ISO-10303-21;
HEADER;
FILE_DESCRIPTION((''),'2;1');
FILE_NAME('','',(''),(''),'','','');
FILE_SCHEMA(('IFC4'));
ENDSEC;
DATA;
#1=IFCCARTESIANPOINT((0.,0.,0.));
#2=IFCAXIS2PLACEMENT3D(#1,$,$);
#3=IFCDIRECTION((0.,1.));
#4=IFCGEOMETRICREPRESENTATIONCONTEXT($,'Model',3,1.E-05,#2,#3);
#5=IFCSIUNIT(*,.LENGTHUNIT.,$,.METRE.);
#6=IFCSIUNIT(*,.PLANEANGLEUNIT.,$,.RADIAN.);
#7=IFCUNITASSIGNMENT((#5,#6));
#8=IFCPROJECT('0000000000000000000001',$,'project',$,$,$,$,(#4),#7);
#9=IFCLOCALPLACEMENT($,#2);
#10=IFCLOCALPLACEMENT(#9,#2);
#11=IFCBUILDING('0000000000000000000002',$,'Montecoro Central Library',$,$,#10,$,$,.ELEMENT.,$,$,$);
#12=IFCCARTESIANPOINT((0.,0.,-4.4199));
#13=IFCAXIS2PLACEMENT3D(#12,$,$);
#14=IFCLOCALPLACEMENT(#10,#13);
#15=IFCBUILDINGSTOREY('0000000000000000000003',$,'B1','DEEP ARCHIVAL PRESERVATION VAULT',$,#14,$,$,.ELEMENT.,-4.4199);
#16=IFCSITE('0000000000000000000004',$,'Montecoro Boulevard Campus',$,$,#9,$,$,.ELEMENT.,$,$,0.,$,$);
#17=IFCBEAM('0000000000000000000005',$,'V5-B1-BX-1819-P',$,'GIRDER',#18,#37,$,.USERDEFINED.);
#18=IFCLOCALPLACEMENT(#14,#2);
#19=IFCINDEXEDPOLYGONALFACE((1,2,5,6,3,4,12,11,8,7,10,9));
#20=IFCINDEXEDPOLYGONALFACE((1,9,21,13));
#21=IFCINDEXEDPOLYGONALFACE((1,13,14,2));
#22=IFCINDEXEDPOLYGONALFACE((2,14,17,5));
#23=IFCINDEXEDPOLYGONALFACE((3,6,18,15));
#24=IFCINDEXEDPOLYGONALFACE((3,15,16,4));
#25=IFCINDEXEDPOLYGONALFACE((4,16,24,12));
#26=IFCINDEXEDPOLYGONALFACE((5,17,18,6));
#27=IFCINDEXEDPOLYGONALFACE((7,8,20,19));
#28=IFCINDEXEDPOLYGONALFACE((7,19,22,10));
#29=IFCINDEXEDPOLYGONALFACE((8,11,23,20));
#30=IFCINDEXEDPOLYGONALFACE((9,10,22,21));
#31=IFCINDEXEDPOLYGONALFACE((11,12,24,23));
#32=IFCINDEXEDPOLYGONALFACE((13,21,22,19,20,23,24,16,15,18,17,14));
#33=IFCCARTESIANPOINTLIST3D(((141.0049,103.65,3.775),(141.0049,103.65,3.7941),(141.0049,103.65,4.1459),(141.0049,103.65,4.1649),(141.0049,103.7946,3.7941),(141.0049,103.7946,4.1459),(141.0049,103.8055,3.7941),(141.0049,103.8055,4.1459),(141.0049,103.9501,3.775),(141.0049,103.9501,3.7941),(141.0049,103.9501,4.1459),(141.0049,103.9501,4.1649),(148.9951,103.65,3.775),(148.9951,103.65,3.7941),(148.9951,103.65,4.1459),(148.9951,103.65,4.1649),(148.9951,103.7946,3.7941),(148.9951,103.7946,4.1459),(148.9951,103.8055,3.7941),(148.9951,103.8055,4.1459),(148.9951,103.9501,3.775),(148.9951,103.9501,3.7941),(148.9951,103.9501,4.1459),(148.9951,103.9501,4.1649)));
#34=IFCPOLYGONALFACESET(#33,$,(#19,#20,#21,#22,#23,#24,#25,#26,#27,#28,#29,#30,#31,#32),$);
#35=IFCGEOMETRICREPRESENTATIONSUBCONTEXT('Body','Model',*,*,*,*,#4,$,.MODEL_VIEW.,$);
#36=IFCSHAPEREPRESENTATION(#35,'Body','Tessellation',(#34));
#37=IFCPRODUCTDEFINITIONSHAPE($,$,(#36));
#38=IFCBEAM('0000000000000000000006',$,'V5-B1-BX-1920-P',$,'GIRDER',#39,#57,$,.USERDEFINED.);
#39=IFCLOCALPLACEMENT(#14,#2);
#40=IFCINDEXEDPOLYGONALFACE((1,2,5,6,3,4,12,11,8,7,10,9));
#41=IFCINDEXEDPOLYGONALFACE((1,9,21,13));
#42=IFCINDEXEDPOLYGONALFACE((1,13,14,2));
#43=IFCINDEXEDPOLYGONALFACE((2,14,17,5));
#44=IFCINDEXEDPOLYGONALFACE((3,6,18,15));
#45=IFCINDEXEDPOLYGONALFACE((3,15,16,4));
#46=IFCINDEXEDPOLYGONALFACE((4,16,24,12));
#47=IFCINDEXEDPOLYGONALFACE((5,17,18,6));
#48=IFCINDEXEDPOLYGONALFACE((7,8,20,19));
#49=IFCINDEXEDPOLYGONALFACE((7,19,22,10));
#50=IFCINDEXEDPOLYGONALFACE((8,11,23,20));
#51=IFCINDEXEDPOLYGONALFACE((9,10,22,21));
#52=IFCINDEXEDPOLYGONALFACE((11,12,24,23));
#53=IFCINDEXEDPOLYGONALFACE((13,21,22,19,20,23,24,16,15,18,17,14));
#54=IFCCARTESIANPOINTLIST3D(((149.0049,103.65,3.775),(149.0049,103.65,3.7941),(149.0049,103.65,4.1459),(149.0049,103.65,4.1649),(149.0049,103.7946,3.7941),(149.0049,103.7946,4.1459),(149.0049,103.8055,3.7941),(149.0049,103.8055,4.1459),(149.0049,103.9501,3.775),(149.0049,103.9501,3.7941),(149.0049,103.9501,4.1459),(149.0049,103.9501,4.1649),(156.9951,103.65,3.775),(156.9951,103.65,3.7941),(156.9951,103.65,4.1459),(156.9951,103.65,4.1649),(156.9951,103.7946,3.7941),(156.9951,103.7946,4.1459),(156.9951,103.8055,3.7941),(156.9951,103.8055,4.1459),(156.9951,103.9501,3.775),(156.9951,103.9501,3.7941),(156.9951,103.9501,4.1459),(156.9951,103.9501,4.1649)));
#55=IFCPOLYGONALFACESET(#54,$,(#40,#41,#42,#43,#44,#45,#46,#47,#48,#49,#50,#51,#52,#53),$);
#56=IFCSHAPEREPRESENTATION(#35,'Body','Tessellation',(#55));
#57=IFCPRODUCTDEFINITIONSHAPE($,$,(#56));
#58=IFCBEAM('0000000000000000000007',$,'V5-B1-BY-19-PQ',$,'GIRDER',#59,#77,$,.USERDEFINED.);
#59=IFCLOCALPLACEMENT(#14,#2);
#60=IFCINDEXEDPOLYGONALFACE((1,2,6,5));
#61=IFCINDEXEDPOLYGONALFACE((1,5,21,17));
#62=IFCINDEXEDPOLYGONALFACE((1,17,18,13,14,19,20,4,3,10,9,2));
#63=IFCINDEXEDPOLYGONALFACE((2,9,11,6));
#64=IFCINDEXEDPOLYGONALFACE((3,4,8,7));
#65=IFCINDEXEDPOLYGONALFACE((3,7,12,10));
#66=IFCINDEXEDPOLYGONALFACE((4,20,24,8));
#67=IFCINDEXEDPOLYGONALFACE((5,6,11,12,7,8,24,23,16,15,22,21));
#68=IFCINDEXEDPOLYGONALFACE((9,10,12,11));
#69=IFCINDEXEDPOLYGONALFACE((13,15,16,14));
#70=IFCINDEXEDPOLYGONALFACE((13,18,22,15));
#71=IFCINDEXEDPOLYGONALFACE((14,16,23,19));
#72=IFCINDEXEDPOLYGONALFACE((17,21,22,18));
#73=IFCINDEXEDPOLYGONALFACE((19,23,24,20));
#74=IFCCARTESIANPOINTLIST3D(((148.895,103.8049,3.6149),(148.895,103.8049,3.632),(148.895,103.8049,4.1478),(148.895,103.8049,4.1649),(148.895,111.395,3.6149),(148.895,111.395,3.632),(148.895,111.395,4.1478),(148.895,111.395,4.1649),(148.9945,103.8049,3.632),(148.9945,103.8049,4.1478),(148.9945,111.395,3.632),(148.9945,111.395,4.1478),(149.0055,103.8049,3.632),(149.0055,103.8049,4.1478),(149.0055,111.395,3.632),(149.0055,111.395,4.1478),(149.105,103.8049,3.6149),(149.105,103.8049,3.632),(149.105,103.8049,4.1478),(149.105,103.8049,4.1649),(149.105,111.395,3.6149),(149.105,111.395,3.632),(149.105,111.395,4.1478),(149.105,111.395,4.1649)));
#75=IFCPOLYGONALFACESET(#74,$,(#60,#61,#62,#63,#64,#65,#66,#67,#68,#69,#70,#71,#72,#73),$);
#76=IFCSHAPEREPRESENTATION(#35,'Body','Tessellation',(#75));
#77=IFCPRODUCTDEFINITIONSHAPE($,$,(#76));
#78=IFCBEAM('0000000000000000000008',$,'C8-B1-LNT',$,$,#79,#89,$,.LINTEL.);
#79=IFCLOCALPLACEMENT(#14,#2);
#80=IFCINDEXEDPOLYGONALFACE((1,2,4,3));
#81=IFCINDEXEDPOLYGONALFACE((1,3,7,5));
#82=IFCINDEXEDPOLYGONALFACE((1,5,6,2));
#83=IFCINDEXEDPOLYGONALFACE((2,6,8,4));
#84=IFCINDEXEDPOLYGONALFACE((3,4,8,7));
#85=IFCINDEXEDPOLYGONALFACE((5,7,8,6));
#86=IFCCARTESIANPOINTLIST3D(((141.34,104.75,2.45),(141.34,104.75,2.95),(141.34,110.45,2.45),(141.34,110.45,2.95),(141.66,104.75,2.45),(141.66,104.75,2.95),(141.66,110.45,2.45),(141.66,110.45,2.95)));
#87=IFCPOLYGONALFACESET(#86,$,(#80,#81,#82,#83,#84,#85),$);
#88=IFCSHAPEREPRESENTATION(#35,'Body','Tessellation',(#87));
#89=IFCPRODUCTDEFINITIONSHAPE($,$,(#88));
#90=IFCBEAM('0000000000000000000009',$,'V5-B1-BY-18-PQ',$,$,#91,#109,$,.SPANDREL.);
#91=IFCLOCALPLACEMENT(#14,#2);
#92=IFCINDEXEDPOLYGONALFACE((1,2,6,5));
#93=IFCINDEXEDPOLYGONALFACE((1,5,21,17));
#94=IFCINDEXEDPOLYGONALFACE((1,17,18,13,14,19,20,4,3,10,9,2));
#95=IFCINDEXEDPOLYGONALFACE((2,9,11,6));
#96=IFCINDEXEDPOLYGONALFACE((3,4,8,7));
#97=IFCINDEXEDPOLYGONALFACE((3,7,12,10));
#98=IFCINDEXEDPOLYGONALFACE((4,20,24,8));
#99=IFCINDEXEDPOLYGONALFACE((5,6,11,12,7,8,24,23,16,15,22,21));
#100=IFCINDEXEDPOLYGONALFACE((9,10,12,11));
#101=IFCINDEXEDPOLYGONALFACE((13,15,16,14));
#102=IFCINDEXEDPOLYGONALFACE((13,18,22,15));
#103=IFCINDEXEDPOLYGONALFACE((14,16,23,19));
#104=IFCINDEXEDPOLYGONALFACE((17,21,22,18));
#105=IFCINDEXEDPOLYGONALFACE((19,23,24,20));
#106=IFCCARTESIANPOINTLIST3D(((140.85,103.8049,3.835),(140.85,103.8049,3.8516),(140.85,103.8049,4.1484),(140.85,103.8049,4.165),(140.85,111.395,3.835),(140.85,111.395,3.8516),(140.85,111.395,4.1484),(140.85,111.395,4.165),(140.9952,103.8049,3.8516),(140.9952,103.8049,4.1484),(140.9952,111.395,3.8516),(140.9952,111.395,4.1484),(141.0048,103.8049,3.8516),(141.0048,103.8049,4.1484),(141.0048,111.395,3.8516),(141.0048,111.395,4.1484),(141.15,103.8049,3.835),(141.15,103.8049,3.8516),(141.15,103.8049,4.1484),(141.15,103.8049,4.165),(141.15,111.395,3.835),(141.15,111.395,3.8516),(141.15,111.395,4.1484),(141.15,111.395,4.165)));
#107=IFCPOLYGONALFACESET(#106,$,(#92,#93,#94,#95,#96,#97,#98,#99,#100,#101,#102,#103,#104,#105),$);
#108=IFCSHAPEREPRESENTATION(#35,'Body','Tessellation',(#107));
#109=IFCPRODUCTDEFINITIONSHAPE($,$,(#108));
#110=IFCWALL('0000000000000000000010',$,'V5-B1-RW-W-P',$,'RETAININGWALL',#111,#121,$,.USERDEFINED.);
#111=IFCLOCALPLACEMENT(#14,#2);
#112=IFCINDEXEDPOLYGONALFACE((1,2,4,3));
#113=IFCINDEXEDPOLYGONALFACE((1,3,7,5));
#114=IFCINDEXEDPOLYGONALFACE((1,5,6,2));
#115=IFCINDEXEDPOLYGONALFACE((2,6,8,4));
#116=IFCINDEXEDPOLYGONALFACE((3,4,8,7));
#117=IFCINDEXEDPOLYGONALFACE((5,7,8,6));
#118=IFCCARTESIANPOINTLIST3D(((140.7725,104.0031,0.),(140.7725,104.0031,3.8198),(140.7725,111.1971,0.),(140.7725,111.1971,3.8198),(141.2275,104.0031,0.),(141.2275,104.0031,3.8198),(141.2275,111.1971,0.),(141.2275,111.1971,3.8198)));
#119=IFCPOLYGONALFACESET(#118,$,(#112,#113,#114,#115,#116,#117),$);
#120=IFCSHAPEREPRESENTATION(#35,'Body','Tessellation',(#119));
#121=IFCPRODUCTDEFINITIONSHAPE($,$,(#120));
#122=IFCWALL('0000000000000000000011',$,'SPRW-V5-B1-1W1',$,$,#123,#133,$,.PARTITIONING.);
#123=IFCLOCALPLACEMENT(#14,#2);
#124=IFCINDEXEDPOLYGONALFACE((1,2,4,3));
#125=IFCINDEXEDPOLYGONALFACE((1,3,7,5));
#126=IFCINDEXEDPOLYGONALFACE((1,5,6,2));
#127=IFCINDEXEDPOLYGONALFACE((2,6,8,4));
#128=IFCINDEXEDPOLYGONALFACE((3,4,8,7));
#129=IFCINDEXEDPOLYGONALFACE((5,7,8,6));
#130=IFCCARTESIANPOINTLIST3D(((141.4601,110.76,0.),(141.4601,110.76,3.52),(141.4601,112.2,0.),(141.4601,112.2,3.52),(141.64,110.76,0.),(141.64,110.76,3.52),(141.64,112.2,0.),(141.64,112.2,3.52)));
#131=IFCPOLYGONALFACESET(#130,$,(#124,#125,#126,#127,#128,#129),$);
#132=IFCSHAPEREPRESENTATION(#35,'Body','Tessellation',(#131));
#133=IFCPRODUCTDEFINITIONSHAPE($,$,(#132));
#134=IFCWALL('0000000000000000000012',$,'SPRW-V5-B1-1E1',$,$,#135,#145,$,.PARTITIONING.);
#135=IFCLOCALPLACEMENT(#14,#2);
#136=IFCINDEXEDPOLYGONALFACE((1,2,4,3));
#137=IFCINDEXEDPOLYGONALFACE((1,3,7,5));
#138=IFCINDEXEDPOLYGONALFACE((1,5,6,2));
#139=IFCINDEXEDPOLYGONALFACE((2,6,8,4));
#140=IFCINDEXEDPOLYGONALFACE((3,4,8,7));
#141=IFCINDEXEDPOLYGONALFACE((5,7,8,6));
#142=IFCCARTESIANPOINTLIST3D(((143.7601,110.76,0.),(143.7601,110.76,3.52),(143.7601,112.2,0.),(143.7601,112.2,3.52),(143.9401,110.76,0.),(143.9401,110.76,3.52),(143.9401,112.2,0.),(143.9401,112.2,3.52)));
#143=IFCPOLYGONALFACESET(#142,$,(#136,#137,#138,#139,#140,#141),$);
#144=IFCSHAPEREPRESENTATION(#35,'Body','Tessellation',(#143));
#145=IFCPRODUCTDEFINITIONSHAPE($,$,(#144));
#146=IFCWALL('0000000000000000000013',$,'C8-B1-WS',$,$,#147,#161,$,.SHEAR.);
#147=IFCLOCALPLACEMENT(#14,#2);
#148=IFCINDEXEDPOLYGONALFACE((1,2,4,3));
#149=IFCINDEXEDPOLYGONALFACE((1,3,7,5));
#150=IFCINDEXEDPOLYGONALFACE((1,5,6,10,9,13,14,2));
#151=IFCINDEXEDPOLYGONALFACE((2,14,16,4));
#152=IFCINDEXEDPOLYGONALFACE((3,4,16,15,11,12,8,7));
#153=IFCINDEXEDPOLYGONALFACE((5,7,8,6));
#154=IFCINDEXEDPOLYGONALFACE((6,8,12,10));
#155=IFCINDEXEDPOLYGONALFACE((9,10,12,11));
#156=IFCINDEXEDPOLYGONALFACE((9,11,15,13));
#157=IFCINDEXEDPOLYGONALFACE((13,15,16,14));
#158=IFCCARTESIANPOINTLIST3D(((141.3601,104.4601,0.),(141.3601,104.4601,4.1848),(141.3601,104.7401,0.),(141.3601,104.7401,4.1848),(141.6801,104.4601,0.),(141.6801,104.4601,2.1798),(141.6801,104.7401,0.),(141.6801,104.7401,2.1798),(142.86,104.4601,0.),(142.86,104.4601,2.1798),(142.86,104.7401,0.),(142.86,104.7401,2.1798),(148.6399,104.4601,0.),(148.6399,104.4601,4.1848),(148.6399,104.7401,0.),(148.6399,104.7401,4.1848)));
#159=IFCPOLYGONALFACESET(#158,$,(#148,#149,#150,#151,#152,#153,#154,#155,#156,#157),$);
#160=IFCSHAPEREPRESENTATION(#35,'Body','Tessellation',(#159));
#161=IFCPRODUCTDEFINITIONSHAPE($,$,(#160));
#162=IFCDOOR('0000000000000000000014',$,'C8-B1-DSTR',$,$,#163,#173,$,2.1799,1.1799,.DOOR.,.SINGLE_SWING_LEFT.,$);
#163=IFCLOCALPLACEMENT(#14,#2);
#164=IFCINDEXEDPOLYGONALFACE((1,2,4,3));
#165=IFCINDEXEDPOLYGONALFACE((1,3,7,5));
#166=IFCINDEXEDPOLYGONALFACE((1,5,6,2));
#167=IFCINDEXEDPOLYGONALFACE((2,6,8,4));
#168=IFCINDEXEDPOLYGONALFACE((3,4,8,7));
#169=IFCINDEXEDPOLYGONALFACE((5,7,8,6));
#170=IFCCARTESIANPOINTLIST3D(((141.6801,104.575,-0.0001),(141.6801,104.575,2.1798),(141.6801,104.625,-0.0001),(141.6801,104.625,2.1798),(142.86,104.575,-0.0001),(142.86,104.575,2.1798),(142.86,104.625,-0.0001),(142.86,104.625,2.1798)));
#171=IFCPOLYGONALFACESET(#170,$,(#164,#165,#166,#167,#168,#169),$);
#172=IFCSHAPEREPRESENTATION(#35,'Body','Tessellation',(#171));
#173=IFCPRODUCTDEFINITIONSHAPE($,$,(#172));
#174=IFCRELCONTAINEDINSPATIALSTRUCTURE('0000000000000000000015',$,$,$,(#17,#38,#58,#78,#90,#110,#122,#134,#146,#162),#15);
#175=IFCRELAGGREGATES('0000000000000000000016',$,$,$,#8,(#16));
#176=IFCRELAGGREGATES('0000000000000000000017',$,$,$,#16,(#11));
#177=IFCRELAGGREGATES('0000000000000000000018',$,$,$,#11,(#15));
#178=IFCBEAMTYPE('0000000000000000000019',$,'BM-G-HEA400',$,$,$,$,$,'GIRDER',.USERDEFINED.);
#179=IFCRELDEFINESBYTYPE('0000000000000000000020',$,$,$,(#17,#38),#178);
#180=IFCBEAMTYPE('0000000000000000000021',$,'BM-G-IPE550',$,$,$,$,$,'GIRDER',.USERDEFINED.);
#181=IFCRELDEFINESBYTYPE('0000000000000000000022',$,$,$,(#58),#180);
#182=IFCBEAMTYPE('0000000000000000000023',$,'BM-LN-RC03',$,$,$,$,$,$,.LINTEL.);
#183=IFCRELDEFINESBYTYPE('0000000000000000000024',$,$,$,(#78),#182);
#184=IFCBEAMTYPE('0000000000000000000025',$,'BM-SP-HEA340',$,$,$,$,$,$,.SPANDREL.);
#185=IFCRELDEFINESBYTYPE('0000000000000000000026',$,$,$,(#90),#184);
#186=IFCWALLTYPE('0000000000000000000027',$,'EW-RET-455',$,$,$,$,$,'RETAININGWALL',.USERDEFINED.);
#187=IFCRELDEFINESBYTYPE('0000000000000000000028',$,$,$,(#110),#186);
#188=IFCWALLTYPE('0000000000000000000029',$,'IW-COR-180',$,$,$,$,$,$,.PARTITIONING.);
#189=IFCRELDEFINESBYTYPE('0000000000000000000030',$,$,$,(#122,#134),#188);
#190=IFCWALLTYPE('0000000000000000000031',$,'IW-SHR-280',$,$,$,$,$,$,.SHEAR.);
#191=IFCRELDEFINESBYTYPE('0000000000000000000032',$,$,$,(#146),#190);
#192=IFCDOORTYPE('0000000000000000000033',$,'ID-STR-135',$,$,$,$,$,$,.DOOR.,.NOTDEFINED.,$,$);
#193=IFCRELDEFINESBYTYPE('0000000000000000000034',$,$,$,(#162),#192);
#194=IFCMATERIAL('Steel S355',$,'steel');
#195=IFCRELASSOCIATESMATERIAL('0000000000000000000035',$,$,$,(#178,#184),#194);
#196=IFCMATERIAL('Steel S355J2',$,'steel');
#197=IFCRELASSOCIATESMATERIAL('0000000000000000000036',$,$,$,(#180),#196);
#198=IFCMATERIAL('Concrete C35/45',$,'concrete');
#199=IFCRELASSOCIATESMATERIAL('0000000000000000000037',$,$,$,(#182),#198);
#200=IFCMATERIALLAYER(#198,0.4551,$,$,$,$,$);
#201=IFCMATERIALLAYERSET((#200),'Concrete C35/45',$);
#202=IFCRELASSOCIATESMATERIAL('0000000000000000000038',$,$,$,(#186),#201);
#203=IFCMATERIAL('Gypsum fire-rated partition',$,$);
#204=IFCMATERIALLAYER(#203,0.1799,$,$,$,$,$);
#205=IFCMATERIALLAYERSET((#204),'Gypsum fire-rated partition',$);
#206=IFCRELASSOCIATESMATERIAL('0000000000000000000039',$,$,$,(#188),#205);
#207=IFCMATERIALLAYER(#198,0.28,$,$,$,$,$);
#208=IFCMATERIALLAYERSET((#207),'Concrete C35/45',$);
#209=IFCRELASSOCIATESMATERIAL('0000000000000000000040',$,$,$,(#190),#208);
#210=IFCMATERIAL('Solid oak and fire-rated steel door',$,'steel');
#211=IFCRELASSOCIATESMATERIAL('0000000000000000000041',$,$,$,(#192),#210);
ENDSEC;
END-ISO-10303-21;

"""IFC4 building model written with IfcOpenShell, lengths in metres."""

from ifc_helpers import new_model, si_unit, direction, frame, frame_2d, origin, origin_2d, place, context, subcontext, project, spatial, rectangle, i_section, extrude, material, layer, layer_set, material_profile, profile_set, type_object, element, fill, save


model = new_model("IFC4")

# Units and contexts
model_context = context("Model", 3, precision=1e-05, world=origin(), true_north=direction((0.0, 1.0)))
body_context = subcontext(model_context, "Body", "Model", "MODEL_VIEW")
ifc_project = project(units=[si_unit("LENGTHUNIT", "METRE"), si_unit("PLANEANGLEUNIT", "RADIAN")], contexts=[model_context])

# Site, building, storey
site_placement = place(None, origin())
site = spatial("IfcSite", under=ifc_project, at=site_placement, Name="Montecoro Boulevard Campus", CompositionType="ELEMENT", RefElevation=0.0)
building_placement = place(site_placement, origin())
building = spatial("IfcBuilding", under=site, at=building_placement, Name="Montecoro Central Library", CompositionType="ELEMENT")
storey_placement = place(building_placement, frame((0.0, 0.0, -4.4199)))
storey = spatial("IfcBuildingStorey", under=building, at=storey_placement, Name="B1", Description="DEEP ARCHIVAL PRESERVATION VAULT", CompositionType="ELEMENT", Elevation=-4.4199)

# Shared definitions
ifc_material_1 = material(Name="Concrete C35/45", Category="concrete")

# Shared definitions
ifc_material_2 = material(Name="Steel S355J2", Category="steel")

# Beams
ifc_material_3 = material(Name="Steel S355", Category="steel")
ifc_material_profile_1 = material_profile(ifc_material_3, i_section(OverallWidth=0.3, OverallDepth=0.3899, WebThickness=0.011, FlangeThickness=0.019, at=origin_2d()), Name="HEA 400")
ifc_profile_set_1 = profile_set([ifc_material_profile_1], Name="Steel S355")
beam_type_1 = type_object("IfcBeamType", Name="BM-G-HEA400", ElementType="GIRDER", PredefinedType="USERDEFINED", material=ifc_profile_set_1)
for number, where, z_axis, x_axis, name in (
    (1, (141.0049, 103.8, 3.97), (1.0, 0.0, 0.0), (0.0, 1.0, 0.0), "V5-B1-BX-1819-P"),
    (2, (149.0049, 103.8, 3.97), (1.0, 0.0, 0.0), (0.0, 1.0, 0.0), "V5-B1-BX-1920-P"),
):
    element("IfcBeam", number, at=place(storey_placement, frame(where, z_axis=z_axis, x_axis=x_axis)), inside=storey, type_object=beam_type_1, Name=name, ObjectType="GIRDER", PredefinedType="USERDEFINED", context=body_context, shape_type="SweptSolid", body=[
        extrude(i_section(OverallWidth=0.3, OverallDepth=0.3899, WebThickness=0.011, FlangeThickness=0.019, at=origin_2d()), origin(), (0.0, 0.0, 1.0), 7.9902),
    ])
ifc_material_profile_2 = material_profile(ifc_material_2, i_section(OverallWidth=0.21, OverallDepth=0.55, WebThickness=0.011, FlangeThickness=0.0171, at=origin_2d()), Name="IPE 550")
ifc_profile_set_2 = profile_set([ifc_material_profile_2], Name="Steel S355J2")
beam_type_2 = type_object("IfcBeamType", Name="BM-G-IPE550", ElementType="GIRDER", PredefinedType="USERDEFINED", material=ifc_profile_set_2)
beam_1_placement = place(storey_placement, frame((149.0, 103.8049, 3.8899), z_axis=(0.0, 1.0, 0.0), x_axis=(-1.0, 0.0, 0.0)))
element("IfcBeam", 3, at=beam_1_placement, inside=storey, type_object=beam_type_2, Name="V5-B1-BY-19-PQ", ObjectType="GIRDER", PredefinedType="USERDEFINED", context=body_context, shape_type="SweptSolid", body=[
    extrude(i_section(OverallWidth=0.21, OverallDepth=0.55, WebThickness=0.011, FlangeThickness=0.0171, at=origin_2d()), origin(), (0.0, 0.0, 1.0), 7.5901),
])
ifc_material_profile_3 = material_profile(ifc_material_1, rectangle(XDim=0.3201, YDim=0.5, at=origin_2d()), Name="RC LNT 500x320")
ifc_profile_set_3 = profile_set([ifc_material_profile_3], Name="Concrete C35/45")
beam_type_3 = type_object("IfcBeamType", Name="BM-LN-RC03", PredefinedType="LINTEL", material=ifc_profile_set_3)
beam_2_placement = place(storey_placement, frame((141.5, 104.75, 2.7), z_axis=(0.0, 1.0, 0.0), x_axis=(-1.0, 0.0, 0.0)))
element("IfcBeam", 4, at=beam_2_placement, inside=storey, type_object=beam_type_3, Name="C8-B1-LNT", PredefinedType="LINTEL", context=body_context, shape_type="SweptSolid", body=[
    extrude(rectangle(XDim=0.3201, YDim=0.5, at=origin_2d()), origin(), (0.0, 0.0, 1.0), 5.7),
])
ifc_material_profile_4 = material_profile(ifc_material_3, i_section(OverallWidth=0.3, OverallDepth=0.3301, WebThickness=0.0095, FlangeThickness=0.0166, at=origin_2d()), Name="HEA 340")
ifc_profile_set_4 = profile_set([ifc_material_profile_4], Name="Steel S355")
beam_type_4 = type_object("IfcBeamType", Name="BM-SP-HEA340", PredefinedType="SPANDREL", material=ifc_profile_set_4)
beam_3_placement = place(storey_placement, frame((141.0, 103.8049, 4.0), z_axis=(0.0, 1.0, 0.0), x_axis=(-1.0, 0.0, 0.0)))
element("IfcBeam", 5, at=beam_3_placement, inside=storey, type_object=beam_type_4, Name="V5-B1-BY-18-PQ", PredefinedType="SPANDREL", context=body_context, shape_type="SweptSolid", body=[
    extrude(i_section(OverallWidth=0.3, OverallDepth=0.3301, WebThickness=0.0095, FlangeThickness=0.0166, at=origin_2d()), origin(), (0.0, 0.0, 1.0), 7.5901),
])

# Walls
ifc_layer_1 = layer(ifc_material_1, 0.4551)
ifc_layer_set_1 = layer_set([ifc_layer_1], Name="Concrete C35/45")
wall_type_1 = type_object("IfcWallType", Name="EW-RET-455", ElementType="RETAININGWALL", PredefinedType="USERDEFINED", material=ifc_layer_set_1)
wall_1_placement = place(storey_placement, frame((141.0, 104.0029, 0.0), z_axis=(0.0, 0.0, 1.0), x_axis=(0.0, 1.0, 0.0)))
element("IfcWall", 6, at=wall_1_placement, inside=storey, type_object=wall_type_1, Name="V5-B1-RW-W-P", ObjectType="RETAININGWALL", PredefinedType="USERDEFINED", context=body_context, shape_type="SweptSolid", body=[
    extrude(rectangle(XDim=7.1941, YDim=0.4551, at=frame_2d((3.5972, 0.0))), origin(), (0.0, 0.0, 1.0), 3.8198),
])
ifc_material_4 = material(Name="Gypsum fire-rated partition")
ifc_layer_2 = layer(ifc_material_4, 0.1799)
ifc_layer_set_2 = layer_set([ifc_layer_2], Name="Gypsum fire-rated partition")
wall_type_2 = type_object("IfcWallType", Name="IW-COR-180", PredefinedType="PARTITIONING", material=ifc_layer_set_2)
for number, where, z_axis, x_axis, name in (
    (7, (141.55, 110.76, 0.0), (0.0, 0.0, 1.0), (0.0, 1.0, 0.0), "SPRW-V5-B1-1W1"),
    (8, (143.8501, 110.76, 0.0), (0.0, 0.0, 1.0), (0.0, 1.0, 0.0), "SPRW-V5-B1-1E1"),
):
    element("IfcWall", number, at=place(storey_placement, frame(where, z_axis=z_axis, x_axis=x_axis)), inside=storey, type_object=wall_type_2, Name=name, PredefinedType="PARTITIONING", context=body_context, shape_type="SweptSolid", body=[
        extrude(rectangle(XDim=1.4399, YDim=0.1799, at=frame_2d((0.72, 0.0))), origin(), (0.0, 0.0, 1.0), 3.52),
    ])

# Wall, opening, door
ifc_layer_3 = layer(ifc_material_1, 0.28)
ifc_layer_set_3 = layer_set([ifc_layer_3], Name="Concrete C35/45")
wall_type_3 = type_object("IfcWallType", Name="IW-SHR-280", PredefinedType="SHEAR", material=ifc_layer_set_3)
wall_2_placement = place(storey_placement, frame((141.3601, 104.6001, 0.0), z_axis=(0.0, 0.0, 1.0), x_axis=(1.0, 0.0, 0.0)))
wall_2 = element("IfcWall", 9, at=wall_2_placement, inside=storey, type_object=wall_type_3, Name="C8-B1-WS", PredefinedType="SHEAR", context=body_context, shape_type="SweptSolid", body=[
    extrude(rectangle(XDim=7.2798, YDim=0.28, at=frame_2d((3.6399, 0.0))), origin(), (0.0, 0.0, 1.0), 4.1848),
])
opening_placement = place(wall_2_placement, frame((0.3201, 0.0, 0.0)))
opening = element("IfcOpeningElement", 10, at=opening_placement, cuts=wall_2, PredefinedType="OPENING", context=body_context, shape_type="SweptSolid", body=[
    extrude(rectangle(XDim=1.1799, YDim=2.1799, at=frame_2d((0.5898, 1.0898))), frame((0.0, 0.1499, 0.0), z_axis=(0.0, -1.0, 0.0), x_axis=(1.0, 0.0, 0.0)), (0.0, 0.0, 1.0), 0.3),
])
ifc_material_5 = material(Name="Solid oak and fire-rated steel door", Category="steel")
door_type = type_object("IfcDoorType", Name="ID-STR-135", OperationType="NOTDEFINED", PredefinedType="DOOR", material=ifc_material_5)
door_placement = place(opening_placement, origin())
door = element("IfcDoor", 11, at=door_placement, inside=storey, type_object=door_type, Name="C8-B1-DSTR", OperationType="SINGLE_SWING_LEFT", OverallHeight=2.1799, OverallWidth=1.1799, PredefinedType="DOOR", context=body_context, shape_type="SweptSolid", body=[
    extrude(rectangle(XDim=1.1799, YDim=2.1799, at=frame_2d((0.5898, 1.0898))), frame((0.0, 0.0249, 0.0), z_axis=(0.0, -1.0, 0.0), x_axis=(1.0, 0.0, 0.0)), (0.0, 0.0, 1.0), 0.05),
])
fill(opening, door)

save(model, "model.ifc")
